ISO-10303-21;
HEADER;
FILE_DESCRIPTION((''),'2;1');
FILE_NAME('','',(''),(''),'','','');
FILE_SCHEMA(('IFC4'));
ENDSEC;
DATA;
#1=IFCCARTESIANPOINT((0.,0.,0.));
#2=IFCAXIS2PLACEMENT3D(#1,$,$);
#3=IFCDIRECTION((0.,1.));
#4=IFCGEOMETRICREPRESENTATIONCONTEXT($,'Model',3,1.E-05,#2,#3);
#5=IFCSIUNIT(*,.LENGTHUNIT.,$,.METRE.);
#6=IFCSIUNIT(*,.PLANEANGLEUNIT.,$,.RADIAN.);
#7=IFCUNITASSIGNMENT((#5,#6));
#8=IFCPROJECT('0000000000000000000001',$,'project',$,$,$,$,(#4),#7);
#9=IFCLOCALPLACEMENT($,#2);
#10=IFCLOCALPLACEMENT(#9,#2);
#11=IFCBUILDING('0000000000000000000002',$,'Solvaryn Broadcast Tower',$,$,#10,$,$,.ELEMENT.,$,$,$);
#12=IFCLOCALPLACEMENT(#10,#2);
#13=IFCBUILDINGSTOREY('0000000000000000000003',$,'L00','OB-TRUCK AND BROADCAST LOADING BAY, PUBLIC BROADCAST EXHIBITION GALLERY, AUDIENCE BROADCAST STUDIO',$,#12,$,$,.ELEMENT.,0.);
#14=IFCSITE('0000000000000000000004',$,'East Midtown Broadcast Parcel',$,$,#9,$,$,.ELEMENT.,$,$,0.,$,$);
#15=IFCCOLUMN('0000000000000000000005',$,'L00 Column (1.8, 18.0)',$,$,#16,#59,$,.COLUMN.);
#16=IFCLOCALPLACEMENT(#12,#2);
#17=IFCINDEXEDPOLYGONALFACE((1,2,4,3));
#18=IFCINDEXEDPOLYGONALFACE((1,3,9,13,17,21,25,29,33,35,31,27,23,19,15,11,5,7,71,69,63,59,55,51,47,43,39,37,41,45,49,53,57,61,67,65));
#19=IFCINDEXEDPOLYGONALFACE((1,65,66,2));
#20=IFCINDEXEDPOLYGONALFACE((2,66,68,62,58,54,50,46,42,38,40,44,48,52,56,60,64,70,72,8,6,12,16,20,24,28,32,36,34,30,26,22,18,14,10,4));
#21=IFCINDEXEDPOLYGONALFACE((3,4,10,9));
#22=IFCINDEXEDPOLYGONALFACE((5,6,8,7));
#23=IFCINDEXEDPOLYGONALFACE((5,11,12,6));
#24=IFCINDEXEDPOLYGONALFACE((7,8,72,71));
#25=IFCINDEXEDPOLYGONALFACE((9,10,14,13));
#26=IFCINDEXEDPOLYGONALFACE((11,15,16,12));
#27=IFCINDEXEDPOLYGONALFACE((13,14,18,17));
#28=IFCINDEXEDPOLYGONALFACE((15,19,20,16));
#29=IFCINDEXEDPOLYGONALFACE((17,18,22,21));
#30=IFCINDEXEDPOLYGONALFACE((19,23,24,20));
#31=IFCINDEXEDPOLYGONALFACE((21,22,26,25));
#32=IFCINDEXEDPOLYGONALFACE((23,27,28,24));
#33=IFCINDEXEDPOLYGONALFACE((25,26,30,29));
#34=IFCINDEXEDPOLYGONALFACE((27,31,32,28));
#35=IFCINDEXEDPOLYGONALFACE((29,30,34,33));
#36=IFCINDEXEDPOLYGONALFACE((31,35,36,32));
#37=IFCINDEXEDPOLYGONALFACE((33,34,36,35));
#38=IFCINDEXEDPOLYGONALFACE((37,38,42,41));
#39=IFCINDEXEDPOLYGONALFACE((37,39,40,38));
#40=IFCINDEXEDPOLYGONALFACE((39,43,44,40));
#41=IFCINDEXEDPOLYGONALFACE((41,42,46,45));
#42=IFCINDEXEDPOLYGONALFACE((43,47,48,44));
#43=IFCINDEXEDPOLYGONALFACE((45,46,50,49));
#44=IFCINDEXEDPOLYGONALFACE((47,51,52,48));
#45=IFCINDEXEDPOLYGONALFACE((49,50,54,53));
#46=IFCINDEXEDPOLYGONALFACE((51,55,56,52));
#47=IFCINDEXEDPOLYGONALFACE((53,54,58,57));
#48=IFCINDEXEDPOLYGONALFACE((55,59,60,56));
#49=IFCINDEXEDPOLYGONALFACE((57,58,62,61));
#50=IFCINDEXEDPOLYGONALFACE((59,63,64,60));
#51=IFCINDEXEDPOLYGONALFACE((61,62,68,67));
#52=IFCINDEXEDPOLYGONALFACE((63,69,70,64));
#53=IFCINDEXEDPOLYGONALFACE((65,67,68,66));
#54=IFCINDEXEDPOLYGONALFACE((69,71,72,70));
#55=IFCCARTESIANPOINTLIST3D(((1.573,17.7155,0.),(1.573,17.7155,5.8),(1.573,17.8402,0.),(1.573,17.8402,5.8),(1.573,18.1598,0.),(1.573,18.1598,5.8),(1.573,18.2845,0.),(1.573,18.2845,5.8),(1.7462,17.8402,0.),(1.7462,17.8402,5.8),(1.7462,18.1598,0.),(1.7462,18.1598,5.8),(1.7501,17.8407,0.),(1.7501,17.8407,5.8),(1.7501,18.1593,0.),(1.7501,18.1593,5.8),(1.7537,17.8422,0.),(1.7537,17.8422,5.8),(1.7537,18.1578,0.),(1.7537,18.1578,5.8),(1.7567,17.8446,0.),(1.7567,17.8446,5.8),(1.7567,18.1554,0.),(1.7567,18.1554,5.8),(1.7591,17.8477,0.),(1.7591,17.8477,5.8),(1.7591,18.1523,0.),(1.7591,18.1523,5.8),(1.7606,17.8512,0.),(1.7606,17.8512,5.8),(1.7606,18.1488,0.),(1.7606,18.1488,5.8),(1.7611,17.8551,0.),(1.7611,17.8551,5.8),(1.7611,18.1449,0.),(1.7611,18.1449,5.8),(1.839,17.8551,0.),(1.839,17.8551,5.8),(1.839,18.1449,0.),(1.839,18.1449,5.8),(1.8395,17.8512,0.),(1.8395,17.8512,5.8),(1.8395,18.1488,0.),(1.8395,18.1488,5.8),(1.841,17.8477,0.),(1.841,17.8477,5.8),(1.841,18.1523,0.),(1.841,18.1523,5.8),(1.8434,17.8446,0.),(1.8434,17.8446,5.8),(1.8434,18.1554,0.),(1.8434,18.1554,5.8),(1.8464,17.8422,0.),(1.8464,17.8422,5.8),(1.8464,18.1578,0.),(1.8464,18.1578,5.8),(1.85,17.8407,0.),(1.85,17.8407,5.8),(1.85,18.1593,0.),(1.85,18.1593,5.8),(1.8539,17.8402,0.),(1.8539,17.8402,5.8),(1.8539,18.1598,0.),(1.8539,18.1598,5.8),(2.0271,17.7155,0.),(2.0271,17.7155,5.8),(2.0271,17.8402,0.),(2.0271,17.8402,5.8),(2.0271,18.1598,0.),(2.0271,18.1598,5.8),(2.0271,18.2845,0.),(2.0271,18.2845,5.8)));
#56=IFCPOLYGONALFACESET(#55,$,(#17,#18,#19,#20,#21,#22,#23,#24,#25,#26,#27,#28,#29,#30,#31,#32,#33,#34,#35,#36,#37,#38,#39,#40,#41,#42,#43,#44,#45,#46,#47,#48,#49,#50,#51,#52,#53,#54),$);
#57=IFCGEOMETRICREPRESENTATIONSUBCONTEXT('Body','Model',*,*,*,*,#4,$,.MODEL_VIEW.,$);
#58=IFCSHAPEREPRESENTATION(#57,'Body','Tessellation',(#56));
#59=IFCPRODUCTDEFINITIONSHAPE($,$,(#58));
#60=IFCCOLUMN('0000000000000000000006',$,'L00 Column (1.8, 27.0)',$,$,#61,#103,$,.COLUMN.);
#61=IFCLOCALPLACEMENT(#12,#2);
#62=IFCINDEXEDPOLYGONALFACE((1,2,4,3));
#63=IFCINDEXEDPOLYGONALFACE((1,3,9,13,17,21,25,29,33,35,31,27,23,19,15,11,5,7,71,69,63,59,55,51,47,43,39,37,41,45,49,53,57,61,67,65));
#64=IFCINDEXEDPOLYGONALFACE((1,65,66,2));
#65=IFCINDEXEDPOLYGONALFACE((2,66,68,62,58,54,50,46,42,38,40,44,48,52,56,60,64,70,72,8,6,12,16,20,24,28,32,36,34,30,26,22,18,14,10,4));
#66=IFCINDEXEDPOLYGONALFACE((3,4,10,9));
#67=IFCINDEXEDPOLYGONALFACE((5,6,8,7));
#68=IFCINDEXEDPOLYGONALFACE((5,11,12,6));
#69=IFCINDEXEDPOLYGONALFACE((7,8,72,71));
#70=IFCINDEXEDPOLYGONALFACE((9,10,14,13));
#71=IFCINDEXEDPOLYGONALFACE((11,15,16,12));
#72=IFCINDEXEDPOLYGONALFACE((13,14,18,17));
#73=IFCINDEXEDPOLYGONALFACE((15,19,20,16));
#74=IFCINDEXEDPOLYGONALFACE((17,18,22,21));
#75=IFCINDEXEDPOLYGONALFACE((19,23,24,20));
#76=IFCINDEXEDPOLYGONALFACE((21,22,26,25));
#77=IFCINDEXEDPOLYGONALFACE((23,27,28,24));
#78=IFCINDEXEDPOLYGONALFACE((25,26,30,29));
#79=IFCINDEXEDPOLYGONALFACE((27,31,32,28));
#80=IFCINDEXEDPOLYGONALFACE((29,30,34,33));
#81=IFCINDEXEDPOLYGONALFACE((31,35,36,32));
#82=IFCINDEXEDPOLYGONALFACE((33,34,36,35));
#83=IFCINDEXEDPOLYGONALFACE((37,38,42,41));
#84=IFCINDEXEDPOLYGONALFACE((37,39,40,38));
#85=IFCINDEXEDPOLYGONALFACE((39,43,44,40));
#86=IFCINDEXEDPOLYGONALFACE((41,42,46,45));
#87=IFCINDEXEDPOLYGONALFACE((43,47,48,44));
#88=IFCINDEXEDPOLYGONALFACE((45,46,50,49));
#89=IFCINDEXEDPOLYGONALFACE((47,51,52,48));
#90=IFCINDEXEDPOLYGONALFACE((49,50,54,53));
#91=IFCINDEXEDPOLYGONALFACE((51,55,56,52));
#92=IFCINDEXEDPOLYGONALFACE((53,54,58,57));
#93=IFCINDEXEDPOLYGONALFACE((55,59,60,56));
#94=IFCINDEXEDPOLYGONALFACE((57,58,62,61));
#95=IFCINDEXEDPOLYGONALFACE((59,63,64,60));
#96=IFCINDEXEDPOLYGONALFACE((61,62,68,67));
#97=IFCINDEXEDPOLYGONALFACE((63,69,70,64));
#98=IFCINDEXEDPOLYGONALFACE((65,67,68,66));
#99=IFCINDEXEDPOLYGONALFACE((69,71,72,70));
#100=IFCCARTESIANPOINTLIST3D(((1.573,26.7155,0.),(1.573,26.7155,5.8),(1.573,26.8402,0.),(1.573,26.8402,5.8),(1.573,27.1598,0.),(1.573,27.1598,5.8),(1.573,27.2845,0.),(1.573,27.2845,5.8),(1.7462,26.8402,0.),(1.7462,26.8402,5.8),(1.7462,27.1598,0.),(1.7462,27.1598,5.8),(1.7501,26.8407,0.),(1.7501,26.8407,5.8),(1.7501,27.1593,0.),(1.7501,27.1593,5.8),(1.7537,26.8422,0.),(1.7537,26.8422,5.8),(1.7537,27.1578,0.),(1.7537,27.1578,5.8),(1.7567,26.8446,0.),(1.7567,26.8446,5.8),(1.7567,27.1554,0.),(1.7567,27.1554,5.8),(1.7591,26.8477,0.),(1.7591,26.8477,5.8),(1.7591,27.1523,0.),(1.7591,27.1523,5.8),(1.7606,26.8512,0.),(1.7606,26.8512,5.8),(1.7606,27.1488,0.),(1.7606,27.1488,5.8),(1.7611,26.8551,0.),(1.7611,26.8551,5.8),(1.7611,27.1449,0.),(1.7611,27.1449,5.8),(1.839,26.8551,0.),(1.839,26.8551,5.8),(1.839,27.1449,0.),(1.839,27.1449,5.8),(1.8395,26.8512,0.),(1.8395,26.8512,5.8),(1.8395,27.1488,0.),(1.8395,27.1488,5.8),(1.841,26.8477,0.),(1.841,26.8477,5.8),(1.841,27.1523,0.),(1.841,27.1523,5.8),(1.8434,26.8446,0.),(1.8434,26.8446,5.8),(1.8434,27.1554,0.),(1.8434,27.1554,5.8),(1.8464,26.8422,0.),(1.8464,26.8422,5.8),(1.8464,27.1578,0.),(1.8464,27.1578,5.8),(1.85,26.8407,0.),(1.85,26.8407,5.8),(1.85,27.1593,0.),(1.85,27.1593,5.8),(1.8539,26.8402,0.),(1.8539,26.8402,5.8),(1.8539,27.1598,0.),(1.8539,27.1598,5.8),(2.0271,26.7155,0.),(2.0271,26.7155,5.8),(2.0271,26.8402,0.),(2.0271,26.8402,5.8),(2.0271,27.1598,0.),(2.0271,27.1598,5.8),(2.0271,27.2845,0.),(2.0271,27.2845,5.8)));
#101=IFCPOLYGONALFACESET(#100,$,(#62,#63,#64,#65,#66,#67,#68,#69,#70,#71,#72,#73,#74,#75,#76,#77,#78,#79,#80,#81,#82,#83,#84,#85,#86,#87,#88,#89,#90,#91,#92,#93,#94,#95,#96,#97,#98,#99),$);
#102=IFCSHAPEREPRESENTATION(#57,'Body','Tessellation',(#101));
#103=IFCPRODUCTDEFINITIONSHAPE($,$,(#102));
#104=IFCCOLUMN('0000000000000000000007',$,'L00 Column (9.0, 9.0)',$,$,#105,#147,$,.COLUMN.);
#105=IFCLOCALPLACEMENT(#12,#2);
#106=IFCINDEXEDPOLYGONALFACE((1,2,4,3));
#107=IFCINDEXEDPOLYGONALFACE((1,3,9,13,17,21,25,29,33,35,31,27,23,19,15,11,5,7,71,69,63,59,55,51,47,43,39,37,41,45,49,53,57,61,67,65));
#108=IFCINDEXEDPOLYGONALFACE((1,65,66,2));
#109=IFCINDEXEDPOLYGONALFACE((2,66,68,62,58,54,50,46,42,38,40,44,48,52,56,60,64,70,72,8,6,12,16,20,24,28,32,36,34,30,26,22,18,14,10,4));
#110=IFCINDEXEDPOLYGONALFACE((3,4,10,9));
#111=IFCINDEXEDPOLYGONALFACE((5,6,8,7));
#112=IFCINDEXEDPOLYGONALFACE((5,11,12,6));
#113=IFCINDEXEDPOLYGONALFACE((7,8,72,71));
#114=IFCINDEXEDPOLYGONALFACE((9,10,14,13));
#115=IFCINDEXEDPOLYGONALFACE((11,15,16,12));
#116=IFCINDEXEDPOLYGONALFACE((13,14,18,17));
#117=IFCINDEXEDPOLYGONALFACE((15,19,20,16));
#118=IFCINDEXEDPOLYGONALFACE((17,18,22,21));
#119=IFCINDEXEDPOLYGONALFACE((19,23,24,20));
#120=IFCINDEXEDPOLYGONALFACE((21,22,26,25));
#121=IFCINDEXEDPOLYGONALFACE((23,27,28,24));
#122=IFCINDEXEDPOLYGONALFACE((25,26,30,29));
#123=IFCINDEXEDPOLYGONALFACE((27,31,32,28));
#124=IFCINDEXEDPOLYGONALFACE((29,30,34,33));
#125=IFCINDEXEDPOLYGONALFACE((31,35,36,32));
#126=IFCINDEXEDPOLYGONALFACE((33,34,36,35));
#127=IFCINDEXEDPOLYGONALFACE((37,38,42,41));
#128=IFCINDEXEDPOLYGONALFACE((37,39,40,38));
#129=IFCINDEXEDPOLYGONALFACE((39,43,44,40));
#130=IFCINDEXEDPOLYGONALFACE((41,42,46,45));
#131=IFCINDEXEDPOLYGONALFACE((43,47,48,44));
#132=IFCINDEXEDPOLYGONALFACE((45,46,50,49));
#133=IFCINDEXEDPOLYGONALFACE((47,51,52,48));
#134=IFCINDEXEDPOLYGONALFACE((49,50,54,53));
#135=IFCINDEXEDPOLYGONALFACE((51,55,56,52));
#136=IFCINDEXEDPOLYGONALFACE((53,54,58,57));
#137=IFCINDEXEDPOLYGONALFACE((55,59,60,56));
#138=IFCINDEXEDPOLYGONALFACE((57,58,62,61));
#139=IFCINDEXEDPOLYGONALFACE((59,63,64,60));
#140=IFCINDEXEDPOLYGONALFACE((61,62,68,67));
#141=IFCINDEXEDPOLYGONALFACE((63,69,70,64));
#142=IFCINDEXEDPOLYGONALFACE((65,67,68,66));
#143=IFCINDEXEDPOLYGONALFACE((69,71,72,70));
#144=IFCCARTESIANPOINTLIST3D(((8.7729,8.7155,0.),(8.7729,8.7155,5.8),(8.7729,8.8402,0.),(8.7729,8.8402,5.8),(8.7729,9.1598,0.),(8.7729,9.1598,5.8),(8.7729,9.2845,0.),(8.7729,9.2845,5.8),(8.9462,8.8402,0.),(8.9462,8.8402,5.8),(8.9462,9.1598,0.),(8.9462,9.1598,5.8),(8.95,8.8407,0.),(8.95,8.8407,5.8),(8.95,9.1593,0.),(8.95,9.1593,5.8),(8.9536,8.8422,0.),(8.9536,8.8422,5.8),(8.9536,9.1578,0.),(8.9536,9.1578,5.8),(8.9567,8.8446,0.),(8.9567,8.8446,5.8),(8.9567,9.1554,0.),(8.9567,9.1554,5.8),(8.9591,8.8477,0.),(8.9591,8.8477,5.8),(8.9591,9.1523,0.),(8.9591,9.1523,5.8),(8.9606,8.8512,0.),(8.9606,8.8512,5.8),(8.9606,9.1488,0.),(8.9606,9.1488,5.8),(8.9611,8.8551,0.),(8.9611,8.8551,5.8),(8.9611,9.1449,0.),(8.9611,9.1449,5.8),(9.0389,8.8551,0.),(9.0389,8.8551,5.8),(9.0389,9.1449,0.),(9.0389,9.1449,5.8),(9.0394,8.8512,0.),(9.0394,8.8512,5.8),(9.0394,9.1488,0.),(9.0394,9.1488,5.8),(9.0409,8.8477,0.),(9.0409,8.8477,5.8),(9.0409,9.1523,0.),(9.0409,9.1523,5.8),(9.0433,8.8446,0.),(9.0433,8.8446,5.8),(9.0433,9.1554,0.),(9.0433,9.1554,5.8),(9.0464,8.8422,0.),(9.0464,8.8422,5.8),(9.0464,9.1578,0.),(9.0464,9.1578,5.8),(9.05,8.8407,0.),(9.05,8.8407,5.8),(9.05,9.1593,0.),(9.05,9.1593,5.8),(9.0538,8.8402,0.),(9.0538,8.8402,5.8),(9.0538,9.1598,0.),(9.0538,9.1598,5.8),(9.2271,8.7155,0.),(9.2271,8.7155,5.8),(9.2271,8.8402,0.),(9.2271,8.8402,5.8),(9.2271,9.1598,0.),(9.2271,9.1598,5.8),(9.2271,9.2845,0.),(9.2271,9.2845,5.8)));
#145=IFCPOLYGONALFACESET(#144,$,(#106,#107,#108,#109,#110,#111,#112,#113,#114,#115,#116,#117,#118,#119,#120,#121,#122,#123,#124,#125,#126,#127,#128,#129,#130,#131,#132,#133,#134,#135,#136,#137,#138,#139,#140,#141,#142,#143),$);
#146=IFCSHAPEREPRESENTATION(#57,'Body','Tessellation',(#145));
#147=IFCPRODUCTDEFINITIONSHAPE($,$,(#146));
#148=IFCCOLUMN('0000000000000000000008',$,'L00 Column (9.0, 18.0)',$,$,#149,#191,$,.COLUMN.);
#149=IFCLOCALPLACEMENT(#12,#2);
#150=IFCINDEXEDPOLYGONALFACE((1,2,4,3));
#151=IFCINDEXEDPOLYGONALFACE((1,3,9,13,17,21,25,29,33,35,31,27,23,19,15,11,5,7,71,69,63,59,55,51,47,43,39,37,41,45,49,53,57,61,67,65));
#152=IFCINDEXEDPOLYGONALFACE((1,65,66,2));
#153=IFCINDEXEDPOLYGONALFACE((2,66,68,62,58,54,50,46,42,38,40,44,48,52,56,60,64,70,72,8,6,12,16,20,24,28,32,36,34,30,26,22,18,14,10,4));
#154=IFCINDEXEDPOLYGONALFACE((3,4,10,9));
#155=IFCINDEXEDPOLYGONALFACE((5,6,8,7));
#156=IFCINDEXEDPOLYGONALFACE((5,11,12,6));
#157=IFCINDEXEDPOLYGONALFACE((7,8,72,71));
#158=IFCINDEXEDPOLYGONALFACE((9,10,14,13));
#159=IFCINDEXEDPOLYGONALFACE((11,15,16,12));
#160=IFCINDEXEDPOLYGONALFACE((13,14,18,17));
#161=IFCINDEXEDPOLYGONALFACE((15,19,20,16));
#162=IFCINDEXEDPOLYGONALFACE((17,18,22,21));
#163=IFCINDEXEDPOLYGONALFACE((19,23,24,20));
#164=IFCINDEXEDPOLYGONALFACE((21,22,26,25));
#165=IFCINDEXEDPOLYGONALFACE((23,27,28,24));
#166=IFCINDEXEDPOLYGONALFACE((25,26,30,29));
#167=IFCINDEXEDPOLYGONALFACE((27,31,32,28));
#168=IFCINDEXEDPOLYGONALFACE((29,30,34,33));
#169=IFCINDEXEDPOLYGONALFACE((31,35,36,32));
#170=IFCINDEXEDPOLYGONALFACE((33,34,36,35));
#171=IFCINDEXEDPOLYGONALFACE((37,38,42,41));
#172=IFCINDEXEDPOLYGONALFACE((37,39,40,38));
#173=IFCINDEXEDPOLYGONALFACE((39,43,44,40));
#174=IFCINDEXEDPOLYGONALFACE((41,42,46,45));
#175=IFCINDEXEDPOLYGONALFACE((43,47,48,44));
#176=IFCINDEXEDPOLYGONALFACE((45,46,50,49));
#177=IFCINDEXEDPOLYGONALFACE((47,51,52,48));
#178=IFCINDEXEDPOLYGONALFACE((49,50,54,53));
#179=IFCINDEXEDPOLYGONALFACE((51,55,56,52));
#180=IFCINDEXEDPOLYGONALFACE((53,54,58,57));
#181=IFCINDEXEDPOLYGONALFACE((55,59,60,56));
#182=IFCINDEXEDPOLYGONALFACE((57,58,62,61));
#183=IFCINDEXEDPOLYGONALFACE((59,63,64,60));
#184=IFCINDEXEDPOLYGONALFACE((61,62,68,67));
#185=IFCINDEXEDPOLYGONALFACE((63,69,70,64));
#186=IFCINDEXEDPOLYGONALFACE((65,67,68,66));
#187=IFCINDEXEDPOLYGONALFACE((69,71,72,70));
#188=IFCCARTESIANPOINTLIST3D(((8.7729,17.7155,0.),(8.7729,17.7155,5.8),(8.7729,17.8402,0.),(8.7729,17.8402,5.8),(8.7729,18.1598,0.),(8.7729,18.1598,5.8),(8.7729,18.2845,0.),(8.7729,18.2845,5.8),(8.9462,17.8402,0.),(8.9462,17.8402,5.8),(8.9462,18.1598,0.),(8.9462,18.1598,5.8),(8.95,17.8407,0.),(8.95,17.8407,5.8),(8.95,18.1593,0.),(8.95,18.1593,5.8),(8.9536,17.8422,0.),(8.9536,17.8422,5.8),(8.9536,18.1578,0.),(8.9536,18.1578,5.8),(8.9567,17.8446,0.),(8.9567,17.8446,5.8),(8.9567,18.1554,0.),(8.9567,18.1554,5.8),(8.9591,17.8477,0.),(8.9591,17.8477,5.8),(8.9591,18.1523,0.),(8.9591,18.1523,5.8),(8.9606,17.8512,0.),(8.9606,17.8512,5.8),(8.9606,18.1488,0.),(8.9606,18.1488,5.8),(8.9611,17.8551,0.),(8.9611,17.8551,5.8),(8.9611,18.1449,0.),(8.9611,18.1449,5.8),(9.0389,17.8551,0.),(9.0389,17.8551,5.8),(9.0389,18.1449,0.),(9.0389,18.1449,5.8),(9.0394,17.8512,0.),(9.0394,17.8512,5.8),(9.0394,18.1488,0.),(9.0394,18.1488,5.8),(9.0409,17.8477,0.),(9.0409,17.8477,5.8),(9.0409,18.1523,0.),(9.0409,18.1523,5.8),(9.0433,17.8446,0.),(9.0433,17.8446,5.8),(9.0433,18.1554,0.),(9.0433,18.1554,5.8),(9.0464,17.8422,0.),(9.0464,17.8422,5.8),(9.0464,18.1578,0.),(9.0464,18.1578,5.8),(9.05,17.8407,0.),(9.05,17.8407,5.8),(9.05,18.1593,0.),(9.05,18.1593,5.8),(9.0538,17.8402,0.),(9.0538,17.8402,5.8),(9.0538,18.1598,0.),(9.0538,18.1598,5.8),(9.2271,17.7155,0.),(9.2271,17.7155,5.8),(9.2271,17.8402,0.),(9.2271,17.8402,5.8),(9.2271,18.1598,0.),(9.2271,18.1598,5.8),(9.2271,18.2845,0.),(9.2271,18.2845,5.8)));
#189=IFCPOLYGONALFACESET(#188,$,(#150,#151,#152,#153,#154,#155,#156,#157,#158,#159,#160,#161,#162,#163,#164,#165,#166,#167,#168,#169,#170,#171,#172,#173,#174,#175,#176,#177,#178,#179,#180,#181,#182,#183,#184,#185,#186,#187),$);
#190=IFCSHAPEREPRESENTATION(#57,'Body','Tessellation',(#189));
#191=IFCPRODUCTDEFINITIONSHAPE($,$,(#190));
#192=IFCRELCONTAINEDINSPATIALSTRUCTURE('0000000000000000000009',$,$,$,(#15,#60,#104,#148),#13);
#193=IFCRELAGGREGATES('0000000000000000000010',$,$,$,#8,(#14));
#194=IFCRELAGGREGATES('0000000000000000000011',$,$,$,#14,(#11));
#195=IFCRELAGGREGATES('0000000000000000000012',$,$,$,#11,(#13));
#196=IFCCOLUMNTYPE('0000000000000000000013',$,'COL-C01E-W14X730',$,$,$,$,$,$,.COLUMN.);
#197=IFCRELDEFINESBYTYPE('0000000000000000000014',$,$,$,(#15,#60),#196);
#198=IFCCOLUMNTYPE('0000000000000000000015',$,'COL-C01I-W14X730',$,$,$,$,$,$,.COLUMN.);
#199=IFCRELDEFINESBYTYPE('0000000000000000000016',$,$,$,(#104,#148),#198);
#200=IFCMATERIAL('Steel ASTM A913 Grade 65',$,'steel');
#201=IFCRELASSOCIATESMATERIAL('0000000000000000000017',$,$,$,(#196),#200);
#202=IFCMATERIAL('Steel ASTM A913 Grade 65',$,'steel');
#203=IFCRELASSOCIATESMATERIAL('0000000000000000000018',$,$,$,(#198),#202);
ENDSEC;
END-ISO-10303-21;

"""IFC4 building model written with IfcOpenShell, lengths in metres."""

from ifc_helpers import new_model, si_unit, direction, frame, origin, origin_2d, place, context, subcontext, project, spatial, i_section, extrude, material, material_profile, profile_set, type_object, element, save


model = new_model("IFC4")

# Units and contexts
model_context = context("Model", 3, precision=1e-05, world=origin(), true_north=direction((0.0, 1.0)))
body_context = subcontext(model_context, "Body", "Model", "MODEL_VIEW")
ifc_project = project(units=[si_unit("LENGTHUNIT", "METRE"), si_unit("PLANEANGLEUNIT", "RADIAN")], contexts=[model_context])

# Site, building, storey
site_placement = place(None, origin())
site = spatial("IfcSite", under=ifc_project, at=site_placement, Name="East Midtown Broadcast Parcel", CompositionType="ELEMENT", RefElevation=0.0)
building_placement = place(site_placement, origin())
building = spatial("IfcBuilding", under=site, at=building_placement, Name="Solvaryn Broadcast Tower", CompositionType="ELEMENT")
storey_placement = place(building_placement, origin())
storey = spatial("IfcBuildingStorey", under=building, at=storey_placement, Name="L00", Description="OB-TRUCK AND BROADCAST LOADING BAY, PUBLIC BROADCAST EXHIBITION GALLERY, AUDIENCE BROADCAST STUDIO", CompositionType="ELEMENT", Elevation=0.0)

# Columns
ifc_material_1 = material(Name="Steel ASTM A913 Grade 65", Category="steel")
ifc_material_profile_1 = material_profile(ifc_material_1, i_section(OverallWidth=0.4541, OverallDepth=0.5691, WebThickness=0.0779, FlangeThickness=0.1248, FilletRadius=0.0149, at=origin_2d()))
ifc_profile_set_1 = profile_set([ifc_material_profile_1], Name="Steel ASTM A913 Grade 65")
column_type_1 = type_object("IfcColumnType", Name="COL-C01E-W14X730", PredefinedType="COLUMN", material=ifc_profile_set_1)
for number, where, z_axis, x_axis, name in (
    (1, (1.8, 18.0, 0.0), (0.0, 0.0, 1.0), (1.0, 0.0, 0.0), "L00 Column (1.8, 18.0)"),
    (2, (1.8, 27.0, 0.0), (0.0, 0.0, 1.0), (1.0, 0.0, 0.0), "L00 Column (1.8, 27.0)"),
):
    element("IfcColumn", number, at=place(storey_placement, frame(where, z_axis=z_axis, x_axis=x_axis)), inside=storey, type_object=column_type_1, Name=name, PredefinedType="COLUMN", context=body_context, shape_type="SweptSolid", body=[
        extrude(i_section(OverallWidth=0.4541, OverallDepth=0.5691, WebThickness=0.0779, FlangeThickness=0.1248, FilletRadius=0.0149, at=origin_2d()), origin(), (0.0, 0.0, 1.0), 5.8),
    ])
ifc_material_2 = material(Name="Steel ASTM A913 Grade 65", Category="steel")
ifc_material_profile_2 = material_profile(ifc_material_2, i_section(OverallWidth=0.4541, OverallDepth=0.5691, WebThickness=0.0779, FlangeThickness=0.1248, FilletRadius=0.0149, at=origin_2d()))
ifc_profile_set_2 = profile_set([ifc_material_profile_2], Name="Steel ASTM A913 Grade 65")
column_type_2 = type_object("IfcColumnType", Name="COL-C01I-W14X730", PredefinedType="COLUMN", material=ifc_profile_set_2)
for number, where, z_axis, x_axis, name in (
    (3, (9.0, 9.0, 0.0), (0.0, 0.0, 1.0), (1.0, 0.0, 0.0), "L00 Column (9.0, 9.0)"),
    (4, (9.0, 18.0, 0.0), (0.0, 0.0, 1.0), (1.0, 0.0, 0.0), "L00 Column (9.0, 18.0)"),
):
    element("IfcColumn", number, at=place(storey_placement, frame(where, z_axis=z_axis, x_axis=x_axis)), inside=storey, type_object=column_type_2, Name=name, PredefinedType="COLUMN", context=body_context, shape_type="SweptSolid", body=[
        extrude(i_section(OverallWidth=0.4541, OverallDepth=0.5691, WebThickness=0.0779, FlangeThickness=0.1248, FilletRadius=0.0149, at=origin_2d()), origin(), (0.0, 0.0, 1.0), 5.8),
    ])

save(model, "model.ifc")
